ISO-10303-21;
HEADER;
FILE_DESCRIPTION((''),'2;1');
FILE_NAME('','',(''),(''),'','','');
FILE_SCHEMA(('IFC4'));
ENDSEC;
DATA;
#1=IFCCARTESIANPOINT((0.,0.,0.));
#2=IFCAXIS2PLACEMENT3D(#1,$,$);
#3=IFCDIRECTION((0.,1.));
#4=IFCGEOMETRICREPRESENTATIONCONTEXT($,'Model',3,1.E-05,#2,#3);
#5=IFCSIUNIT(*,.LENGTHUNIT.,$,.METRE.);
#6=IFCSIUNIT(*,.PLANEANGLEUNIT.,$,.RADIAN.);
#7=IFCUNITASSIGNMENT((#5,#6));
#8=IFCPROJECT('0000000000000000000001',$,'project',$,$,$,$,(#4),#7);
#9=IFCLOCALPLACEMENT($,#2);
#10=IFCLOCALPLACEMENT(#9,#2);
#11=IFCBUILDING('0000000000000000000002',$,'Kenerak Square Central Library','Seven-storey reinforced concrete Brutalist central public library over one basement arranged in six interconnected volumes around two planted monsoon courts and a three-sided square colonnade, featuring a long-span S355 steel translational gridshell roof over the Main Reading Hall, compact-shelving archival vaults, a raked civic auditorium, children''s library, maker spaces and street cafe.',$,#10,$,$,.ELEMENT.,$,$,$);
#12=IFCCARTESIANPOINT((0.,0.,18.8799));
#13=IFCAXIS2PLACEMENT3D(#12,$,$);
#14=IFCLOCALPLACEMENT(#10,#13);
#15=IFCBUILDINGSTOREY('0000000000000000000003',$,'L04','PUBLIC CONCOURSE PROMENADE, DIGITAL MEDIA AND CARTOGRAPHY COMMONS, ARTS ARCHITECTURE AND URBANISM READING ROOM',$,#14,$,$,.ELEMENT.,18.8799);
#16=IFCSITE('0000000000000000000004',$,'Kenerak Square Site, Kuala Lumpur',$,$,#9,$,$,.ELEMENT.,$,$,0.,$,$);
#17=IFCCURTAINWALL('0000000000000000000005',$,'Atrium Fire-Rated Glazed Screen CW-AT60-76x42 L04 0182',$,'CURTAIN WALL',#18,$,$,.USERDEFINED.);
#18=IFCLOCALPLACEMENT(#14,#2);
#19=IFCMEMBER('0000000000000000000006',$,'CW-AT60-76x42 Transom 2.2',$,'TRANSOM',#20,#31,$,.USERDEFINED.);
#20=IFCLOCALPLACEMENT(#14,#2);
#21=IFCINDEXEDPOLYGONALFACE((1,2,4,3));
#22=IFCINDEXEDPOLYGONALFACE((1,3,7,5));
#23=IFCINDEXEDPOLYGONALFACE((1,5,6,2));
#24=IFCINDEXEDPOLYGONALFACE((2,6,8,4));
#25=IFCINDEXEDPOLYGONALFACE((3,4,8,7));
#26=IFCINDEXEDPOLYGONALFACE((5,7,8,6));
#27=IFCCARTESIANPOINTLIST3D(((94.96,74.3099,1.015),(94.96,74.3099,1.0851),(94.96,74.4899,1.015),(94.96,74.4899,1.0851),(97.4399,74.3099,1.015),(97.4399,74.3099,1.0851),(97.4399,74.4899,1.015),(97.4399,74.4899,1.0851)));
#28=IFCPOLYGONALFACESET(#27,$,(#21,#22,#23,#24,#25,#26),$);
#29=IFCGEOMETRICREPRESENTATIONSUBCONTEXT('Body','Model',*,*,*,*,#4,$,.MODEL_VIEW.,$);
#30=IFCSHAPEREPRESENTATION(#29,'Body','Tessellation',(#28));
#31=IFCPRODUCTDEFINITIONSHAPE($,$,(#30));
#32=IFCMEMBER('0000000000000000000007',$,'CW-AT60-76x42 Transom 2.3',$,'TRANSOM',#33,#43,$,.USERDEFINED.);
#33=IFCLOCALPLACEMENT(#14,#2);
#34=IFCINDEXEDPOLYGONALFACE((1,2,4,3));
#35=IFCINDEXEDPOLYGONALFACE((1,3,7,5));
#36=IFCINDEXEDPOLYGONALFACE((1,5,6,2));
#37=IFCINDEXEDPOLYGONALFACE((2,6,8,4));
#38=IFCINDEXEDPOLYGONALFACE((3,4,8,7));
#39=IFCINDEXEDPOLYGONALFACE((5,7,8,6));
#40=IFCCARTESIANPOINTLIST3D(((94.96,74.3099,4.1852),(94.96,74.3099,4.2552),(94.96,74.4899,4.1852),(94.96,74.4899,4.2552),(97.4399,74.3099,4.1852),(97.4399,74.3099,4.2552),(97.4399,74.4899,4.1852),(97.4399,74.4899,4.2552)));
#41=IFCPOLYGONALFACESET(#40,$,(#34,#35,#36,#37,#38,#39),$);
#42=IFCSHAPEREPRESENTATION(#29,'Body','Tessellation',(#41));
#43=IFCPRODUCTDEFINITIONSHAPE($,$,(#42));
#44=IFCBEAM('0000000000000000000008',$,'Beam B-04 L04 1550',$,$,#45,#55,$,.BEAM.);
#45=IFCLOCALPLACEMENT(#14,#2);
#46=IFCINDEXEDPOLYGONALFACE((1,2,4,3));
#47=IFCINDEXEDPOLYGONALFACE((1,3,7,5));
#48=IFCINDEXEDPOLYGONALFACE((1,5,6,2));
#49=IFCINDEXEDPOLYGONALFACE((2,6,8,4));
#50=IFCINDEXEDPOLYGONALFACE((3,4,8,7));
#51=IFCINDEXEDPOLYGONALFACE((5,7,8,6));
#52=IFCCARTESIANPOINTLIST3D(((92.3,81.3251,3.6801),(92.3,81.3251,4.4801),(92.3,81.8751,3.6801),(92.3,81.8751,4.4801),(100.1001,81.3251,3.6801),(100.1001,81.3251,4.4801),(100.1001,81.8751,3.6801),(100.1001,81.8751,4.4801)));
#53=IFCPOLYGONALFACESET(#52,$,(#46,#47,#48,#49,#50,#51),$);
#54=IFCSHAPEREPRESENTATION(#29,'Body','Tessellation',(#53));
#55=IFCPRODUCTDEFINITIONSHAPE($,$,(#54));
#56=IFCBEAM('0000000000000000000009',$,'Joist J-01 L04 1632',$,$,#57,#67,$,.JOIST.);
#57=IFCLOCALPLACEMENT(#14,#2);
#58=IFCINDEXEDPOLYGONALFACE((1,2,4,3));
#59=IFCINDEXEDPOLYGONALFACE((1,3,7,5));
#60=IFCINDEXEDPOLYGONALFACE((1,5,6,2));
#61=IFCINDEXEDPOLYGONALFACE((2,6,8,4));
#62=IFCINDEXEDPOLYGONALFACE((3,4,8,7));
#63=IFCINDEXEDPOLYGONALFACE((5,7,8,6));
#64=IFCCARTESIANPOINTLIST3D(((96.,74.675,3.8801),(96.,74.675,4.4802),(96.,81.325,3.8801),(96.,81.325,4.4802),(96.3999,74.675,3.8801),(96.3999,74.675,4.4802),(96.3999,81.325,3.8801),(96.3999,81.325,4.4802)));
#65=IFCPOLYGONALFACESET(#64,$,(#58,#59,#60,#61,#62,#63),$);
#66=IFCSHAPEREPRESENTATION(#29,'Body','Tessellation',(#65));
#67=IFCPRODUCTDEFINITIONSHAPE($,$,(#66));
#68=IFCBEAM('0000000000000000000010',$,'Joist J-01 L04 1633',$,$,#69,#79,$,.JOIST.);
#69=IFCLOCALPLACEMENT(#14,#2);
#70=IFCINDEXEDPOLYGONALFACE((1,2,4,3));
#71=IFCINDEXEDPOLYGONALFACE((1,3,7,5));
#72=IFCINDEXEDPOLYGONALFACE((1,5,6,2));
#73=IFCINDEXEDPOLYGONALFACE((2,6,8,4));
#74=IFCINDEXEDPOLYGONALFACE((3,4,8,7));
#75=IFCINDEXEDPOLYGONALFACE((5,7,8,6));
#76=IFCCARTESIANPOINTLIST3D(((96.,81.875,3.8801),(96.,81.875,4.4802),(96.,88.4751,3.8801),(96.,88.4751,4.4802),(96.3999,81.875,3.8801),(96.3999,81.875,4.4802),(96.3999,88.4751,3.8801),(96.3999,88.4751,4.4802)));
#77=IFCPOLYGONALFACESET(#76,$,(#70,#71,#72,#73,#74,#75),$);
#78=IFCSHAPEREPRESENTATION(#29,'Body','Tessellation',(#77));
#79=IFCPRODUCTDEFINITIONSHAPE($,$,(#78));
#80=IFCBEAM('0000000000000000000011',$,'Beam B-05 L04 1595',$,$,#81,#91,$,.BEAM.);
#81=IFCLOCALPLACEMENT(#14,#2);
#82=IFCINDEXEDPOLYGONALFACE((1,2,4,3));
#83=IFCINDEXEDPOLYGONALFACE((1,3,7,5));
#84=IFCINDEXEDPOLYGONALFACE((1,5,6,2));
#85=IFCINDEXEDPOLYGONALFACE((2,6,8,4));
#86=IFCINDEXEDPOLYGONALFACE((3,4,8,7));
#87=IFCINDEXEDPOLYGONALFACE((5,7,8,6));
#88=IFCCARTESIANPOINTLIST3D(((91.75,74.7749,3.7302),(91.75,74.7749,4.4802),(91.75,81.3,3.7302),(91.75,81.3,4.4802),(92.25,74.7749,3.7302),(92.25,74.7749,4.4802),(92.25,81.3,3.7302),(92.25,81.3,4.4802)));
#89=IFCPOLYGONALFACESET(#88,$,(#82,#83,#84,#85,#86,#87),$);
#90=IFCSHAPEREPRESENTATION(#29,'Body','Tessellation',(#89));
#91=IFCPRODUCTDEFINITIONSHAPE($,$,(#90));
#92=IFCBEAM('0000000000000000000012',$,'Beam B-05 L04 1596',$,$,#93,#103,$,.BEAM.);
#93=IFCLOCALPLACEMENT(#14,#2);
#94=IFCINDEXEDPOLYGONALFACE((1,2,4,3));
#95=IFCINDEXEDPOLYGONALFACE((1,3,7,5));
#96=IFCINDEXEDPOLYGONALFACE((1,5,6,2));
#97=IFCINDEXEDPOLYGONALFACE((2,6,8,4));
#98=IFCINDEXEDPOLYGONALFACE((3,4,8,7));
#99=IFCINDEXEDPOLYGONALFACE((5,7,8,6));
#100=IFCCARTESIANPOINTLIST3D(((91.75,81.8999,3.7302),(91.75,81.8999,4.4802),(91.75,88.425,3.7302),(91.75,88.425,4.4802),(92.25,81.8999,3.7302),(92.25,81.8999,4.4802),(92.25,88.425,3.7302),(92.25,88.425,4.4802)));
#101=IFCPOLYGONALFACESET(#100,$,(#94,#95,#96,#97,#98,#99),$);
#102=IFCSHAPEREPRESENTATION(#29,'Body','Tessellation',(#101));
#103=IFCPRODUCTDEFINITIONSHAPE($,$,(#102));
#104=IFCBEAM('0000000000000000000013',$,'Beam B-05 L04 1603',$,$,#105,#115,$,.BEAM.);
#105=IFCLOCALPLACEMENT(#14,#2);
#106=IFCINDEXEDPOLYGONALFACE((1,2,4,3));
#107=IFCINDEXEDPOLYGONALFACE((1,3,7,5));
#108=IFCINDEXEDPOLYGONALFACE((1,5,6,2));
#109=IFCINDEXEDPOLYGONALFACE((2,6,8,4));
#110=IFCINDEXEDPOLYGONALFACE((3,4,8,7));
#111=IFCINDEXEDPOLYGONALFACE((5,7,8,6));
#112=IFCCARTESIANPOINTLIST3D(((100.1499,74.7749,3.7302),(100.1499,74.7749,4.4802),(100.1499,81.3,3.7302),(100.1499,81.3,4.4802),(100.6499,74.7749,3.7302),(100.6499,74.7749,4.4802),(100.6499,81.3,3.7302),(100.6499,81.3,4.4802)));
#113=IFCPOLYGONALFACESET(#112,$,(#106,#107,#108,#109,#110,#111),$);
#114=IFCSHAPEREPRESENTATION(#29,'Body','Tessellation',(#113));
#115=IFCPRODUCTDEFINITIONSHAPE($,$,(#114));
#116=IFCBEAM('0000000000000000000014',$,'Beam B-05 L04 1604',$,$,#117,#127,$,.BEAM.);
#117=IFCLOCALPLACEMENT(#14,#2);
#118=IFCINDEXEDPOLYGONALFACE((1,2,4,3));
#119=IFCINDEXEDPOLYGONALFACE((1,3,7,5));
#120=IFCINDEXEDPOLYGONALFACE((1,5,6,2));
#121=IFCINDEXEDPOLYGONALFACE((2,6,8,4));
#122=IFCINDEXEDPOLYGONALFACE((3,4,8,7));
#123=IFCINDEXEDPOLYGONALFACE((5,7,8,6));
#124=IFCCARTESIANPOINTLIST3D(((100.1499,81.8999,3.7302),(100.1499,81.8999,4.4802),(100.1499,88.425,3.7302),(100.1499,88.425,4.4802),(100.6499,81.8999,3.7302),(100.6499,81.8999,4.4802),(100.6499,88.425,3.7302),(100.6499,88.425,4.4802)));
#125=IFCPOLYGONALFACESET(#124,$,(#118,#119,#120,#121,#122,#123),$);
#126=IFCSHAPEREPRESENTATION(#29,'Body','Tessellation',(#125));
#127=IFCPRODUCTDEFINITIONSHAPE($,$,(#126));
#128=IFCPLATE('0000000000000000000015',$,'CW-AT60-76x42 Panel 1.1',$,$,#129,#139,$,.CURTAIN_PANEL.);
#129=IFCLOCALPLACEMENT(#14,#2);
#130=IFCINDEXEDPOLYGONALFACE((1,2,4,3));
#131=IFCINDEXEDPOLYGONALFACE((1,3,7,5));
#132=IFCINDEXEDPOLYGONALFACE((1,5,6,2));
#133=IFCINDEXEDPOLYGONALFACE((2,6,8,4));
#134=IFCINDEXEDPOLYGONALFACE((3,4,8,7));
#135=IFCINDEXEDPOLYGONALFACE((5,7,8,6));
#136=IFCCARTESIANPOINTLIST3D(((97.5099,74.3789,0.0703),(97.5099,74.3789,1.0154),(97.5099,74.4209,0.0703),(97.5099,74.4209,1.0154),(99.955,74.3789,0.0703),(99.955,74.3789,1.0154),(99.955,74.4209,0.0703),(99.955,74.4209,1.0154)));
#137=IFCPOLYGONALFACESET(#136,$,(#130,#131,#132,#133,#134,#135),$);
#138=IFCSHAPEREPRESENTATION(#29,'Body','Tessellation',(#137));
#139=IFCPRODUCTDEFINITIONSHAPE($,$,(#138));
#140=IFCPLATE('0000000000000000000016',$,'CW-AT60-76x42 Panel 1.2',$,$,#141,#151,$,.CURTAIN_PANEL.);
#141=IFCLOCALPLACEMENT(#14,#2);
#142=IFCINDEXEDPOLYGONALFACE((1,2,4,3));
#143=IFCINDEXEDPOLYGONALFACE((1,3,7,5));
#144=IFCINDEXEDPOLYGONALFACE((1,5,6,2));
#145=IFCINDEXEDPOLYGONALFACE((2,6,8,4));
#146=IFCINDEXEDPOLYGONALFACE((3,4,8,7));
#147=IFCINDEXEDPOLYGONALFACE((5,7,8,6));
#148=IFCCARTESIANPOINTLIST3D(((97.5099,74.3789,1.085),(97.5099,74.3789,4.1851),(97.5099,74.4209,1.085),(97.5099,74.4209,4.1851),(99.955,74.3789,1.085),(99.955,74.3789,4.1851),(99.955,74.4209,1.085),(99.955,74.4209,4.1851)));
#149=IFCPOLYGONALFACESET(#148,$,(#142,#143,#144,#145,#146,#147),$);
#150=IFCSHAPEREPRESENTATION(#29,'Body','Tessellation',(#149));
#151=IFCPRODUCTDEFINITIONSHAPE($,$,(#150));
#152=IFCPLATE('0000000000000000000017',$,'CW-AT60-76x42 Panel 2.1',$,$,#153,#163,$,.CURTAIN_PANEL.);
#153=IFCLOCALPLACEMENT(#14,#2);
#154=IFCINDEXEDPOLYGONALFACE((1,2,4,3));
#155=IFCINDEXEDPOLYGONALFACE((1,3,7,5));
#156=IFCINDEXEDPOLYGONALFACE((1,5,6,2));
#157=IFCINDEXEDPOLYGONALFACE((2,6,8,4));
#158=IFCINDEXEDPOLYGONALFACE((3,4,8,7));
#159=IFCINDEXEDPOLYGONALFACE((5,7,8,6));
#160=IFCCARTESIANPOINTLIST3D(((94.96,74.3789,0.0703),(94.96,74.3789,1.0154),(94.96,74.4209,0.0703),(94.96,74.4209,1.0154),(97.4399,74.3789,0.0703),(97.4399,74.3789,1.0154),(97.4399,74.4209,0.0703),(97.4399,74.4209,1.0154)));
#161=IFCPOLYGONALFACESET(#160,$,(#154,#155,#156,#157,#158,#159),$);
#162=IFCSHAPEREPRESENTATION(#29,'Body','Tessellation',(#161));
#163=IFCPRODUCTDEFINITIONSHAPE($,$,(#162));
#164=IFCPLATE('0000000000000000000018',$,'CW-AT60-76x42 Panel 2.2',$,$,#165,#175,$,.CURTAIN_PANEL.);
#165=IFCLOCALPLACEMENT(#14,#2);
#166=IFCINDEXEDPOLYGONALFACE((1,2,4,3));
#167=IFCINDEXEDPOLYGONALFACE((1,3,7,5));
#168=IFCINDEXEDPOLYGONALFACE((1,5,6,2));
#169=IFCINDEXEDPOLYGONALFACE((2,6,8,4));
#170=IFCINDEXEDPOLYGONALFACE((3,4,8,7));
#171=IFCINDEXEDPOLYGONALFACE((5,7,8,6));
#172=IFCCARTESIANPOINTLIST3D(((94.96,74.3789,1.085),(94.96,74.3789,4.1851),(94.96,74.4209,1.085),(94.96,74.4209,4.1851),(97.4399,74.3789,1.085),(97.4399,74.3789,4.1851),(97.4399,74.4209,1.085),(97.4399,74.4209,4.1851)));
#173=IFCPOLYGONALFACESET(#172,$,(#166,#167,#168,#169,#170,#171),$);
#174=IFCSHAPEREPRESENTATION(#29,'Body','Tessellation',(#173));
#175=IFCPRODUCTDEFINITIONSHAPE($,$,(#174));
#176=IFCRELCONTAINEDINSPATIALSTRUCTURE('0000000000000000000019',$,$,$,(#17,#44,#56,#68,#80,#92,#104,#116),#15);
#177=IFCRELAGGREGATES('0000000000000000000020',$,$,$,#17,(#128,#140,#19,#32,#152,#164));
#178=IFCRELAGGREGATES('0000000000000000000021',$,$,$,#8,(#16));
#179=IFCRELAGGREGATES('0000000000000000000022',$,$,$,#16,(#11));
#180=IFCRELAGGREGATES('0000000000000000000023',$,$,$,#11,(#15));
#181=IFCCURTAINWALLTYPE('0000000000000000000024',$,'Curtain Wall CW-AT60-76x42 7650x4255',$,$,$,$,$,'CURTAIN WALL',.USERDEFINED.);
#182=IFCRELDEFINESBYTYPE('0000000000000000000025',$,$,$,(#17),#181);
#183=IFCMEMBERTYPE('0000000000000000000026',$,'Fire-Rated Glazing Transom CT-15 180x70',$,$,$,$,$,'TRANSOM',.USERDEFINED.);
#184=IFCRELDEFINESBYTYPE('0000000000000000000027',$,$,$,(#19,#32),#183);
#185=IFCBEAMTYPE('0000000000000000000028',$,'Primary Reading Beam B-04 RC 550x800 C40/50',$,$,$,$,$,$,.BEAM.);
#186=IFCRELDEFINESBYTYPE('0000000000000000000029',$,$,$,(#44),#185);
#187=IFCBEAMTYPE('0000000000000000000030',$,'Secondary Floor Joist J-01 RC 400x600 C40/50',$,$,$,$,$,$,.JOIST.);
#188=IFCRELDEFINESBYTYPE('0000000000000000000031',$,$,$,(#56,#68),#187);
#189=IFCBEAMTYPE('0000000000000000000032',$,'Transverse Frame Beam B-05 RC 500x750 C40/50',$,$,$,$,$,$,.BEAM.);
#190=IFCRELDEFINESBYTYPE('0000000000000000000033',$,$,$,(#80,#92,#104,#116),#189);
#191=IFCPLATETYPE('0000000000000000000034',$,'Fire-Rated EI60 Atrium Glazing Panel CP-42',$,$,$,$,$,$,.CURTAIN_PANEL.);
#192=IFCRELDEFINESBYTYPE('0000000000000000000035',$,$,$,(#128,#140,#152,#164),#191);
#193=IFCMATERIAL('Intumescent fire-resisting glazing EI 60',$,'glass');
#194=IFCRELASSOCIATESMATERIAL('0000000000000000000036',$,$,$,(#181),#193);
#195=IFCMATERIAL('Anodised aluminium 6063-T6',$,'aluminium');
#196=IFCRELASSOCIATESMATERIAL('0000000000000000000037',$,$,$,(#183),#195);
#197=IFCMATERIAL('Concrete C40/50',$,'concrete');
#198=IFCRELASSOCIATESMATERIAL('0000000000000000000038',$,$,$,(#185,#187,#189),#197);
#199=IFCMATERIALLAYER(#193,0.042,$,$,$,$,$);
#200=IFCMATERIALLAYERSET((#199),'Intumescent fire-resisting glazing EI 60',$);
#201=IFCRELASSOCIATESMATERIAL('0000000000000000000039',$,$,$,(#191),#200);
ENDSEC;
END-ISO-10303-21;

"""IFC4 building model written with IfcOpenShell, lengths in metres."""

from ifc_helpers import new_model, si_unit, direction, frame, origin, origin_2d, place, context, subcontext, project, spatial, rectangle, extrude, material, layer, layer_set, material_profile, profile_set, type_object, element, aggregate, save


model = new_model("IFC4")

# Units and contexts
model_context = context("Model", 3, precision=1e-05, world=origin(), true_north=direction((0.0, 1.0)))
body_context = subcontext(model_context, "Body", "Model", "MODEL_VIEW")
ifc_project = project(units=[si_unit("LENGTHUNIT", "METRE"), si_unit("PLANEANGLEUNIT", "RADIAN")], contexts=[model_context])

# Site, building, storey
site_placement = place(None, origin())
site = spatial("IfcSite", under=ifc_project, at=site_placement, Name="Kenerak Square Site, Kuala Lumpur", CompositionType="ELEMENT", RefElevation=0.0)
building_placement = place(site_placement, origin())
building = spatial("IfcBuilding", under=site, at=building_placement, Name="Kenerak Square Central Library", Description="Seven-storey reinforced concrete Brutalist central public library over one basement arranged in six interconnected volumes around two planted monsoon courts and a three-sided square colonnade, featuring a long-span S355 steel translational gridshell roof over the Main Reading Hall, compact-shelving archival vaults, a raked civic auditorium, children's library, maker spaces and street cafe.", CompositionType="ELEMENT")
storey_placement = place(building_placement, frame((0.0, 0.0, 18.8799)))
storey = spatial("IfcBuildingStorey", under=building, at=storey_placement, Name="L04", Description="PUBLIC CONCOURSE PROMENADE, DIGITAL MEDIA AND CARTOGRAPHY COMMONS, ARTS ARCHITECTURE AND URBANISM READING ROOM", CompositionType="ELEMENT", Elevation=18.8799)

# Shared definitions
ifc_material_1 = material(Name="Concrete C40/50", Category="concrete")

# Curtain wall, members
ifc_material_2 = material(Name="Intumescent fire-resisting glazing EI 60", Category="glass")
curtain_wall_type = type_object("IfcCurtainWallType", Name="Curtain Wall CW-AT60-76x42 7650x4255", ElementType="CURTAIN WALL", PredefinedType="USERDEFINED", material=ifc_material_2)
curtain_wall_placement = place(storey_placement, origin())
curtain_wall = element("IfcCurtainWall", 1, at=curtain_wall_placement, inside=storey, type_object=curtain_wall_type, Name="Atrium Fire-Rated Glazed Screen CW-AT60-76x42 L04 0182", ObjectType="CURTAIN WALL", PredefinedType="USERDEFINED")
ifc_material_3 = material(Name="Anodised aluminium 6063-T6", Category="aluminium")
ifc_material_profile_1 = material_profile(ifc_material_3, rectangle(XDim=0.1799, YDim=0.0701, at=origin_2d()), Name="AL TRANSOM 180x70")
ifc_profile_set_1 = profile_set([ifc_material_profile_1], Name="Anodised aluminium 6063-T6")
member_type_1 = type_object("IfcMemberType", Name="Fire-Rated Glazing Transom CT-15 180x70", ElementType="TRANSOM", PredefinedType="USERDEFINED", material=ifc_profile_set_1)
member_1_placement = place(storey_placement, frame((97.4399, 74.3999, 1.05), z_axis=(-1.0, 0.0, 0.0), x_axis=(0.0, -1.0, 0.0)))
member_1 = element("IfcMember", 2, at=member_1_placement, type_object=member_type_1, Name="CW-AT60-76x42 Transom 2.2", ObjectType="TRANSOM", PredefinedType="USERDEFINED", context=body_context, shape_type="SweptSolid", body=[
    extrude(rectangle(XDim=0.1799, YDim=0.0701, at=origin_2d()), origin(), (0.0, 0.0, 1.0), 2.48),
])
member_2_placement = place(storey_placement, frame((97.4399, 74.3999, 4.2202), z_axis=(-1.0, 0.0, 0.0), x_axis=(0.0, -1.0, 0.0)))
member_2 = element("IfcMember", 3, at=member_2_placement, type_object=member_type_1, Name="CW-AT60-76x42 Transom 2.3", ObjectType="TRANSOM", PredefinedType="USERDEFINED", context=body_context, shape_type="SweptSolid", body=[
    extrude(rectangle(XDim=0.1799, YDim=0.0701, at=origin_2d()), origin(), (0.0, 0.0, 1.0), 2.48),
])

# Beams
ifc_material_profile_2 = material_profile(ifc_material_1, rectangle(XDim=0.55, YDim=0.8, at=origin_2d()), Name="RC 550x800")
ifc_profile_set_2 = profile_set([ifc_material_profile_2], Name="Concrete C40/50")
beam_type_1 = type_object("IfcBeamType", Name="Primary Reading Beam B-04 RC 550x800 C40/50", PredefinedType="BEAM", material=ifc_profile_set_2)
beam_1_placement = place(storey_placement, frame((92.3, 81.6001, 4.0801), z_axis=(1.0, 0.0, 0.0), x_axis=(0.0, 1.0, 0.0)))
element("IfcBeam", 4, at=beam_1_placement, inside=storey, type_object=beam_type_1, Name="Beam B-04 L04 1550", PredefinedType="BEAM", context=body_context, shape_type="SweptSolid", body=[
    extrude(rectangle(XDim=0.55, YDim=0.8, at=origin_2d()), origin(), (0.0, 0.0, 1.0), 7.8),
])
ifc_material_profile_3 = material_profile(ifc_material_1, rectangle(XDim=0.3999, YDim=0.6001, at=origin_2d()), Name="RC 400x600")
ifc_profile_set_3 = profile_set([ifc_material_profile_3], Name="Concrete C40/50")
beam_type_2 = type_object("IfcBeamType", Name="Secondary Floor Joist J-01 RC 400x600 C40/50", PredefinedType="JOIST", material=ifc_profile_set_3)
beam_2_placement = place(storey_placement, frame((96.2, 74.675, 4.1802), z_axis=(0.0, 1.0, 0.0), x_axis=(-1.0, 0.0, 0.0)))
element("IfcBeam", 5, at=beam_2_placement, inside=storey, type_object=beam_type_2, Name="Joist J-01 L04 1632", PredefinedType="JOIST", context=body_context, shape_type="SweptSolid", body=[
    extrude(rectangle(XDim=0.3999, YDim=0.6001, at=origin_2d()), origin(), (0.0, 0.0, 1.0), 6.6499),
])
beam_3_placement = place(storey_placement, frame((96.2, 81.875, 4.1802), z_axis=(0.0, 1.0, 0.0), x_axis=(-1.0, 0.0, 0.0)))
element("IfcBeam", 6, at=beam_3_placement, inside=storey, type_object=beam_type_2, Name="Joist J-01 L04 1633", PredefinedType="JOIST", context=body_context, shape_type="SweptSolid", body=[
    extrude(rectangle(XDim=0.3999, YDim=0.6001, at=origin_2d()), origin(), (0.0, 0.0, 1.0), 6.6001),
])
ifc_material_profile_4 = material_profile(ifc_material_1, rectangle(XDim=0.5, YDim=0.75, at=origin_2d()), Name="RC 500x750")
ifc_profile_set_4 = profile_set([ifc_material_profile_4], Name="Concrete C40/50")
beam_type_3 = type_object("IfcBeamType", Name="Transverse Frame Beam B-05 RC 500x750 C40/50", PredefinedType="BEAM", material=ifc_profile_set_4)
for number, where, z_axis, x_axis, name in (
    (7, (92.0, 74.7749, 4.1052), (0.0, 1.0, 0.0), (-1.0, 0.0, 0.0), "Beam B-05 L04 1595"),
    (8, (92.0, 81.8999, 4.1052), (0.0, 1.0, 0.0), (-1.0, 0.0, 0.0), "Beam B-05 L04 1596"),
    (9, (100.3999, 74.7749, 4.1052), (0.0, 1.0, 0.0), (-1.0, 0.0, 0.0), "Beam B-05 L04 1603"),
    (10, (100.3999, 81.8999, 4.1052), (0.0, 1.0, 0.0), (-1.0, 0.0, 0.0), "Beam B-05 L04 1604"),
):
    element("IfcBeam", number, at=place(storey_placement, frame(where, z_axis=z_axis, x_axis=x_axis)), inside=storey, type_object=beam_type_3, Name=name, PredefinedType="BEAM", context=body_context, shape_type="SweptSolid", body=[
        extrude(rectangle(XDim=0.5, YDim=0.75, at=origin_2d()), origin(), (0.0, 0.0, 1.0), 6.5251),
    ])

# Plates
ifc_layer_1 = layer(ifc_material_2, 0.042)
ifc_layer_set_1 = layer_set([ifc_layer_1], Name="Intumescent fire-resisting glazing EI 60")
plate_type = type_object("IfcPlateType", Name="Fire-Rated EI60 Atrium Glazing Panel CP-42", PredefinedType="CURTAIN_PANEL", material=ifc_layer_set_1)
plate_1_placement = place(storey_placement, frame((98.7324, 74.3999, 0.0703), z_axis=(0.0, 0.0, 1.0), x_axis=(-1.0, 0.0, 0.0)))
plate_1 = element("IfcPlate", 11, at=plate_1_placement, type_object=plate_type, Name="CW-AT60-76x42 Panel 1.1", PredefinedType="CURTAIN_PANEL", context=body_context, shape_type="SweptSolid", body=[
    extrude(rectangle(XDim=2.4451, YDim=0.042, at=origin_2d()), origin(), (0.0, 0.0, 1.0), 0.9451),
])
plate_2_placement = place(storey_placement, frame((98.7324, 74.3999, 1.085), z_axis=(0.0, 0.0, 1.0), x_axis=(-1.0, 0.0, 0.0)))
plate_2 = element("IfcPlate", 12, at=plate_2_placement, type_object=plate_type, Name="CW-AT60-76x42 Panel 1.2", PredefinedType="CURTAIN_PANEL", context=body_context, shape_type="SweptSolid", body=[
    extrude(rectangle(XDim=2.4451, YDim=0.042, at=origin_2d()), origin(), (0.0, 0.0, 1.0), 3.1001),
])
plate_3_placement = place(storey_placement, frame((96.2, 74.3999, 0.0703), z_axis=(0.0, 0.0, 1.0), x_axis=(-1.0, 0.0, 0.0)))
plate_3 = element("IfcPlate", 13, at=plate_3_placement, type_object=plate_type, Name="CW-AT60-76x42 Panel 2.1", PredefinedType="CURTAIN_PANEL", context=body_context, shape_type="SweptSolid", body=[
    extrude(rectangle(XDim=2.48, YDim=0.042, at=origin_2d()), origin(), (0.0, 0.0, 1.0), 0.9451),
])
plate_4_placement = place(storey_placement, frame((96.2, 74.3999, 1.085), z_axis=(0.0, 0.0, 1.0), x_axis=(-1.0, 0.0, 0.0)))
plate_4 = element("IfcPlate", 14, at=plate_4_placement, type_object=plate_type, Name="CW-AT60-76x42 Panel 2.2", PredefinedType="CURTAIN_PANEL", context=body_context, shape_type="SweptSolid", body=[
    extrude(rectangle(XDim=2.48, YDim=0.042, at=origin_2d()), origin(), (0.0, 0.0, 1.0), 3.1001),
])
aggregate(curtain_wall, [plate_1, plate_2, member_1, member_2, plate_3, plate_4])

save(model, "model.ifc")
